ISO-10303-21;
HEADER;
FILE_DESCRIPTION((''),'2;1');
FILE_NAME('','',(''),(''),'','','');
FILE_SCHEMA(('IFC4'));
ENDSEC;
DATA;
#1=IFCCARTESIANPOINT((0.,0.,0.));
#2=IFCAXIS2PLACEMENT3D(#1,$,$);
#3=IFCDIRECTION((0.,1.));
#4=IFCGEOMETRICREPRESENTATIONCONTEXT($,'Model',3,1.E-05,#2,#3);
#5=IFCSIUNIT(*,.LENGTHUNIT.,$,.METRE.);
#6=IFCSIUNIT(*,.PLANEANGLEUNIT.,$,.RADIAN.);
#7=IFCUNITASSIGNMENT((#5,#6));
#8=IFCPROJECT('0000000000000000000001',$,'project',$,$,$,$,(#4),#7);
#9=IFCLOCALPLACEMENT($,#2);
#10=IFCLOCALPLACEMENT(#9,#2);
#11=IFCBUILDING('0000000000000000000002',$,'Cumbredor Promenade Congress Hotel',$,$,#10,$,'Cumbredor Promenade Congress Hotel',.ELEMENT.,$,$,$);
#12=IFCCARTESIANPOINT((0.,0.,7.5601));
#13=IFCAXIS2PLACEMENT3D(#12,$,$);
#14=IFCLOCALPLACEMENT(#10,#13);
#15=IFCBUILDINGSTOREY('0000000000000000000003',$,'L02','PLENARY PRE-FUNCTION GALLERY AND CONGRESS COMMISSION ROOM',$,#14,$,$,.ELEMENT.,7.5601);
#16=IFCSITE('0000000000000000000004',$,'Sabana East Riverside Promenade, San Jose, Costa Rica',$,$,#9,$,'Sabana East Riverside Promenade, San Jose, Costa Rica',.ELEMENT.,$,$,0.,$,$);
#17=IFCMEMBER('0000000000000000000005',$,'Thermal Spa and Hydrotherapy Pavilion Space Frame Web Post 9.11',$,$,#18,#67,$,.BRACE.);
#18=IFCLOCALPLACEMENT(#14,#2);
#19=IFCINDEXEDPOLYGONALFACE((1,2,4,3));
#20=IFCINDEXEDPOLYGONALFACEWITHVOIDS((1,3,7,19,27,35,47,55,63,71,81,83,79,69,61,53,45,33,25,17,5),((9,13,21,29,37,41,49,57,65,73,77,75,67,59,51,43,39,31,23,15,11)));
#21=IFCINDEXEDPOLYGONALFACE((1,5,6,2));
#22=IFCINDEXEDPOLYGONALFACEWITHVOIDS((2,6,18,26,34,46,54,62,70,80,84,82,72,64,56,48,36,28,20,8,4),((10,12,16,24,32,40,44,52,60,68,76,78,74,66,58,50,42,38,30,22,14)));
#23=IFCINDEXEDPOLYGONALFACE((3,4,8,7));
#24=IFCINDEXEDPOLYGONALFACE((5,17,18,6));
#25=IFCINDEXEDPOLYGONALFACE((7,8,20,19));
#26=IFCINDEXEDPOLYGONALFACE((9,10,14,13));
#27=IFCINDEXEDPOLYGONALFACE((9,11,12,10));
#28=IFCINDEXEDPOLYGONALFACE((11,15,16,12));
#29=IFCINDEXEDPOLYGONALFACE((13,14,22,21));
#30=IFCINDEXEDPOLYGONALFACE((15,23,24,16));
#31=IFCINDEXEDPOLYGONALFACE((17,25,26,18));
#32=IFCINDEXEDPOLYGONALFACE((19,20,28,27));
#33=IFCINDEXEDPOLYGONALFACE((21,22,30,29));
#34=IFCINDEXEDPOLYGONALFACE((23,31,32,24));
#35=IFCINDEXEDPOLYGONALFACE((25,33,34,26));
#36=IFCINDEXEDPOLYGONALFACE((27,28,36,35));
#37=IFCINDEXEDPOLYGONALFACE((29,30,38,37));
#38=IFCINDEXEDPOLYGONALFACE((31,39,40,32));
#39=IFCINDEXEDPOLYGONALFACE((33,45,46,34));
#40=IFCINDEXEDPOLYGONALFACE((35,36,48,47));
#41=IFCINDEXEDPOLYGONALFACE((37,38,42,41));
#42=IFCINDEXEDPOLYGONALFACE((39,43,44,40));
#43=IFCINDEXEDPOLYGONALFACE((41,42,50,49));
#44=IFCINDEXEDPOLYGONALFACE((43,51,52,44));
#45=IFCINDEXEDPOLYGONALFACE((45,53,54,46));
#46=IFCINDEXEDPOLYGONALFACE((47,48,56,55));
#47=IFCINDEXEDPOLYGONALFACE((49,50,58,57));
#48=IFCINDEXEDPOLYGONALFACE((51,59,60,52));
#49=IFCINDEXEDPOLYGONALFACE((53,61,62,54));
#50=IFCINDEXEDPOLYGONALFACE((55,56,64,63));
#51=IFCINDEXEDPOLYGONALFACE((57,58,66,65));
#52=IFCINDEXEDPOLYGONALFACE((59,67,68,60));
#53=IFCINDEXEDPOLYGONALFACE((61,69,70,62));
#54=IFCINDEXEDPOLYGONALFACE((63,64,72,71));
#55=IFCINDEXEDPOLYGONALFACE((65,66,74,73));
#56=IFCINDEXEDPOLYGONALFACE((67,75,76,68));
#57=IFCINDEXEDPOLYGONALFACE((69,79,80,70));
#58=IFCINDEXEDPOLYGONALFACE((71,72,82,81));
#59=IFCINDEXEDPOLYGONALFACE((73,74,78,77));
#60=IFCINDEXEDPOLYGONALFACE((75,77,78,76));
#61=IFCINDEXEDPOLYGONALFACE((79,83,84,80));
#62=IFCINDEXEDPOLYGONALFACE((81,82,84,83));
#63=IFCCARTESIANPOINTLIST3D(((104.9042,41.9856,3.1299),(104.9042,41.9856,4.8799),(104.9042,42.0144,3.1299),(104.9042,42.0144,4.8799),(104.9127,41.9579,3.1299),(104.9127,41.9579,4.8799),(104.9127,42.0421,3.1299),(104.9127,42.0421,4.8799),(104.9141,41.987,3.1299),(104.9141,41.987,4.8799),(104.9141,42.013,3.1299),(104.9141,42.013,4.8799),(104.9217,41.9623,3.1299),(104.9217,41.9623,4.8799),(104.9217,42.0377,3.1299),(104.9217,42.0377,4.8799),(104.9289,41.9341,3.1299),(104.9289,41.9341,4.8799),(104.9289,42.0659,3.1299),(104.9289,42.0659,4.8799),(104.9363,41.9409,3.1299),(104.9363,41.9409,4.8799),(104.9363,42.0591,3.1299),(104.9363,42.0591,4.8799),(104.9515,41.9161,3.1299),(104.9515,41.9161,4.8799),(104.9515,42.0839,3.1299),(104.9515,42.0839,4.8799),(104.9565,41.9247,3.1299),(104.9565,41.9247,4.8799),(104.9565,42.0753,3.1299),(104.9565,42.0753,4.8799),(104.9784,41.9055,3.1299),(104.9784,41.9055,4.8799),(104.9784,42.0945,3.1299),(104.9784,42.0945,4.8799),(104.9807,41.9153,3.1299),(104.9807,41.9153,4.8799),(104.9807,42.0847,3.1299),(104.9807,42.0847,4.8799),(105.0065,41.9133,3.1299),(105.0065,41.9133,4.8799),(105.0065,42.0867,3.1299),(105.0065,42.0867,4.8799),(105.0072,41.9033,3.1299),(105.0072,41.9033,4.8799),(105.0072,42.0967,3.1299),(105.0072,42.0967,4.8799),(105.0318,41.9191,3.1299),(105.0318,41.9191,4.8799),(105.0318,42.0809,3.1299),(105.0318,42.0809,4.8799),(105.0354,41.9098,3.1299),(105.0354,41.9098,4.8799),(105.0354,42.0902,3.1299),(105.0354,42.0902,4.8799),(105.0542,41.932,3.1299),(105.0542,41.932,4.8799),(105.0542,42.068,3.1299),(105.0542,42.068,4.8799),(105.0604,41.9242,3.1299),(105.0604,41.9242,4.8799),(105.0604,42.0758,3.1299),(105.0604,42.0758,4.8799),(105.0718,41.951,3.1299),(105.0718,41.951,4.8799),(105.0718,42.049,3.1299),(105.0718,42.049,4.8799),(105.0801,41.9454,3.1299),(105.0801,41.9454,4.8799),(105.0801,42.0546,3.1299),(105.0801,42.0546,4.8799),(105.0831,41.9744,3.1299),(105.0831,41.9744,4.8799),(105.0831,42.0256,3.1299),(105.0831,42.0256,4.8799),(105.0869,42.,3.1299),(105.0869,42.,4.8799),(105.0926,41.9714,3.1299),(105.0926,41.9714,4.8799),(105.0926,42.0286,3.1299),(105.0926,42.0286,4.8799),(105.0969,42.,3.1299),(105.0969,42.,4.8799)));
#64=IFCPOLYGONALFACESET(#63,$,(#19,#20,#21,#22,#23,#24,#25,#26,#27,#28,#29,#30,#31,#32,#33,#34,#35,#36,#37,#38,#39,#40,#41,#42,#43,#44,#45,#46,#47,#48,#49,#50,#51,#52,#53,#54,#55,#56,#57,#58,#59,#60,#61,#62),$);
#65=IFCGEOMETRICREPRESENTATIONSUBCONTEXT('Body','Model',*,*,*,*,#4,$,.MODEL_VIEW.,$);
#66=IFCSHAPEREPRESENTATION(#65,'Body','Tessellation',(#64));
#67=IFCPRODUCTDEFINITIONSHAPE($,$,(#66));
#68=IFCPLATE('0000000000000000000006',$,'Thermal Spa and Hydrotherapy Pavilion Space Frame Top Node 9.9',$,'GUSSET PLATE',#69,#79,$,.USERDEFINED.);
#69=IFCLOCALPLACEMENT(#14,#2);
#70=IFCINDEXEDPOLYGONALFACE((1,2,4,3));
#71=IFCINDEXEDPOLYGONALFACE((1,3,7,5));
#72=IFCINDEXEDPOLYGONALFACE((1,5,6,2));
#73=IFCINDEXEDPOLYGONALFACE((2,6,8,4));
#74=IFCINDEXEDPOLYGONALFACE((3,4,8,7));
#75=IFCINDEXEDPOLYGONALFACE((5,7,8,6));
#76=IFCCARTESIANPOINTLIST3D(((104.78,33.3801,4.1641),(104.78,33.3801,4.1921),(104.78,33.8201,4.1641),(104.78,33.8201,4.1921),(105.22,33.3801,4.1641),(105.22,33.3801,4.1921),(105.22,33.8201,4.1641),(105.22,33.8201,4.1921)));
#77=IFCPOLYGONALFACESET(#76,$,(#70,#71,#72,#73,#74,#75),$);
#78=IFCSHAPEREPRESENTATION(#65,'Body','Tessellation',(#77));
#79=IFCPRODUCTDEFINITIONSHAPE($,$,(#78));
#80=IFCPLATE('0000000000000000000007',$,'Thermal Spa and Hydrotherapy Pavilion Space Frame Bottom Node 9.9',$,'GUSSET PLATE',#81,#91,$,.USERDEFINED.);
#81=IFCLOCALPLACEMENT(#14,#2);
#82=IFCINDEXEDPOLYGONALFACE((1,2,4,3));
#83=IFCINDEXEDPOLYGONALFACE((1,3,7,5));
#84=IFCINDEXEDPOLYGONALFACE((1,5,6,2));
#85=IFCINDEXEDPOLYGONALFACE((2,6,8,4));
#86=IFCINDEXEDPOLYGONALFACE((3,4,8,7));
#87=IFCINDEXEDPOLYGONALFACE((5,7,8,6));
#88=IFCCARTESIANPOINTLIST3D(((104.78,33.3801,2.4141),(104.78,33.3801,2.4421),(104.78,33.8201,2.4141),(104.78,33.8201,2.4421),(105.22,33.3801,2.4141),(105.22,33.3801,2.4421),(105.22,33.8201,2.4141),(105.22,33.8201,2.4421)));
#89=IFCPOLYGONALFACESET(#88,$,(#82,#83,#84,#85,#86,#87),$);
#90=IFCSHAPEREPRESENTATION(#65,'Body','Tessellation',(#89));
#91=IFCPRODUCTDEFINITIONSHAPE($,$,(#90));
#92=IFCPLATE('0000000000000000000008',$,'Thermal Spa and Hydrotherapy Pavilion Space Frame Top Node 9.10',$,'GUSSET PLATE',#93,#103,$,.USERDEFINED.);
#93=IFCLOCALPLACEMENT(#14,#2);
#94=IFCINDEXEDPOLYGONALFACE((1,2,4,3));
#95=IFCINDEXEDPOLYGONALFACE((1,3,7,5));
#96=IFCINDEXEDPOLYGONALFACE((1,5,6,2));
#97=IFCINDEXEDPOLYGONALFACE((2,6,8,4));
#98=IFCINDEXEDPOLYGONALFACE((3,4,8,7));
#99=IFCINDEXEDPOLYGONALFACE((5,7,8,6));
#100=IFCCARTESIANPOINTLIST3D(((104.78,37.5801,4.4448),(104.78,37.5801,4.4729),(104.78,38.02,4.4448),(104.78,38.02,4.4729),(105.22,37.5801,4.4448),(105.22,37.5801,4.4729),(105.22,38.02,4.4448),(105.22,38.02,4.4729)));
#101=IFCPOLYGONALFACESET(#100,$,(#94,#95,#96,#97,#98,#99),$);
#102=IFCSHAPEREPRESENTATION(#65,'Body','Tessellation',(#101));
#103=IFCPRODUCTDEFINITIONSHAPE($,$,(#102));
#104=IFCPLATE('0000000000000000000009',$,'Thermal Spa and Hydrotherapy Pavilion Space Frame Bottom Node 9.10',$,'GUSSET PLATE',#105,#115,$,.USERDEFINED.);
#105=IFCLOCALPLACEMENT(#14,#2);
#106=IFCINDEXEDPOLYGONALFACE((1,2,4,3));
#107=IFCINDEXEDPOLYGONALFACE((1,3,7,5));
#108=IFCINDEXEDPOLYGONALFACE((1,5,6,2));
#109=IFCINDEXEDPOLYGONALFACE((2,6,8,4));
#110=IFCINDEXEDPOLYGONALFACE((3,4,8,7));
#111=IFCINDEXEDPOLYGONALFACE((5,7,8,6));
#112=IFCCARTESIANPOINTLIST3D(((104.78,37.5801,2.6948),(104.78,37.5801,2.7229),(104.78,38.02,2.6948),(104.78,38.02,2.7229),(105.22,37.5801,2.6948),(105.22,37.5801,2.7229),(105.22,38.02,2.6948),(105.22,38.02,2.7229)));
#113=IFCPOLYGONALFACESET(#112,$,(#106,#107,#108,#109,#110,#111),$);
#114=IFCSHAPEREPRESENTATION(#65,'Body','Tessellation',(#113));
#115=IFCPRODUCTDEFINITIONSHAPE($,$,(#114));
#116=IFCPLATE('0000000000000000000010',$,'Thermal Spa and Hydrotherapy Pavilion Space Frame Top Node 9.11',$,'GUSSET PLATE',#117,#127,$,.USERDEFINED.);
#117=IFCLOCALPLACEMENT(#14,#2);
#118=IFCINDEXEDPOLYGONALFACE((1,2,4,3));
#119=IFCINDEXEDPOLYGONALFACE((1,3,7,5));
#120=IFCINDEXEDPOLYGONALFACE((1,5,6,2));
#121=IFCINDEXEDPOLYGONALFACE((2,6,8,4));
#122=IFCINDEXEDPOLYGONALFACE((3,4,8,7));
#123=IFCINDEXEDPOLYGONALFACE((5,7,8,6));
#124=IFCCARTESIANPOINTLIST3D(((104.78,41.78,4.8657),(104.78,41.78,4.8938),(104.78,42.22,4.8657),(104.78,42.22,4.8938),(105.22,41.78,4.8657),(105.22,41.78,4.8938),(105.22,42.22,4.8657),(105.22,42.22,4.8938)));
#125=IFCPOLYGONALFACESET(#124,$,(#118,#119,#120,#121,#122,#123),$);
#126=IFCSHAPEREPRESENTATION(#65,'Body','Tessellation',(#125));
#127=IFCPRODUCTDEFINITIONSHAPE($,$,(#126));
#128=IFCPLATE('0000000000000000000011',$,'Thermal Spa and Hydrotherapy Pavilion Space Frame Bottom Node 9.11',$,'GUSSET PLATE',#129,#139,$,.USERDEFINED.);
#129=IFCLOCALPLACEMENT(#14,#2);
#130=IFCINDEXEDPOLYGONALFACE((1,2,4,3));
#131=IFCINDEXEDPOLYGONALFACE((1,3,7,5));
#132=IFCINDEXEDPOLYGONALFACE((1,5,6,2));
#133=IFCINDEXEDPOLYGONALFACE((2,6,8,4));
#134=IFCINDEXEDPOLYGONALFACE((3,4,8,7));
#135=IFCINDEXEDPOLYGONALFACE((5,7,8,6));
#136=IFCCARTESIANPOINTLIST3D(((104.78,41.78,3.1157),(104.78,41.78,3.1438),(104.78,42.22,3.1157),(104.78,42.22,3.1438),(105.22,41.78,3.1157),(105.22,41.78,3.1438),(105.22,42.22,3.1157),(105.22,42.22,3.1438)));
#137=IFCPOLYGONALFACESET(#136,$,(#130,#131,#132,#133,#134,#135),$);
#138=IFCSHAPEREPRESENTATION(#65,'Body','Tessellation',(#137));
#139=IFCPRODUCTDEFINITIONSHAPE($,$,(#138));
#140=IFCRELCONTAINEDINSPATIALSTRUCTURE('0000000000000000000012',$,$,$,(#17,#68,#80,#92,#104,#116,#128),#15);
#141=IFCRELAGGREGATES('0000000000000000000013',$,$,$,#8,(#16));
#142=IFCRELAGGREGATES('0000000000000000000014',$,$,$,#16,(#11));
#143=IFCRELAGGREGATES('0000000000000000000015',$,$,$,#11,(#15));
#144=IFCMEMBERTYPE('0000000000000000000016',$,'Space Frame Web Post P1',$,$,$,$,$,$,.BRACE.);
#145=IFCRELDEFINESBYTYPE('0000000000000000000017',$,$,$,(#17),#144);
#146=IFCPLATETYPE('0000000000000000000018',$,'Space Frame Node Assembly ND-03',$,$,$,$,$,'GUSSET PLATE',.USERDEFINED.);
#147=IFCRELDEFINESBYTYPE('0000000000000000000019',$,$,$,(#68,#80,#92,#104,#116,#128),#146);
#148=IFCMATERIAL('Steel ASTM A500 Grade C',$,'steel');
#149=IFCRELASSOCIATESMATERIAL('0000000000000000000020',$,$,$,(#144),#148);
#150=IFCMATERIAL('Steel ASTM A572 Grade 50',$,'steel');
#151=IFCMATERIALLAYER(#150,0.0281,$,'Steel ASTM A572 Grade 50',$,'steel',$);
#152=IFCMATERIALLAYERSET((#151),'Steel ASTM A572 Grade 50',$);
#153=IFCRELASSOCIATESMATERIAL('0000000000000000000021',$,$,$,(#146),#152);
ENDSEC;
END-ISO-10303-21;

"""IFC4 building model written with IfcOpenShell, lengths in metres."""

from ifc_helpers import new_model, si_unit, direction, frame, origin, origin_2d, place, context, subcontext, project, spatial, rectangle, hollow_circle, extrude, material, layer, layer_set, material_profile, profile_set, type_object, element, save


model = new_model("IFC4")

# Units and contexts
model_context = context("Model", 3, precision=1e-05, world=origin(), true_north=direction((0.0, 1.0)))
body_context = subcontext(model_context, "Body", "Model", "MODEL_VIEW")
ifc_project = project(units=[si_unit("LENGTHUNIT", "METRE"), si_unit("PLANEANGLEUNIT", "RADIAN")], contexts=[model_context])

# Site, building, storey
site_placement = place(None, origin())
site = spatial("IfcSite", under=ifc_project, at=site_placement, Name="Sabana East Riverside Promenade, San Jose, Costa Rica", LongName="Sabana East Riverside Promenade, San Jose, Costa Rica", CompositionType="ELEMENT", RefElevation=0.0)
building_placement = place(site_placement, origin())
building = spatial("IfcBuilding", under=site, at=building_placement, Name="Cumbredor Promenade Congress Hotel", LongName="Cumbredor Promenade Congress Hotel", CompositionType="ELEMENT")
storey_placement = place(building_placement, frame((0.0, 0.0, 7.5601)))
storey = spatial("IfcBuildingStorey", under=building, at=storey_placement, Name="L02", Description="PLENARY PRE-FUNCTION GALLERY AND CONGRESS COMMISSION ROOM", CompositionType="ELEMENT", Elevation=7.5601)

# Member
ifc_material_1 = material(Name="Steel ASTM A500 Grade C", Category="steel")
ifc_material_profile_1 = material_profile(ifc_material_1, hollow_circle(Radius=0.0969, WallThickness=0.01, at=origin_2d()), Name="CHS 193.7x10")
ifc_profile_set_1 = profile_set([ifc_material_profile_1], Name="Steel ASTM A500 Grade C")
member_type_1 = type_object("IfcMemberType", Name="Space Frame Web Post P1", PredefinedType="BRACE", material=ifc_profile_set_1)
for number, where, z_axis, x_axis, name in (
    (1, (105.0, 42.0, 3.1299), (0.0, 0.0, 1.0), (1.0, 0.0, 0.0), "Thermal Spa and Hydrotherapy Pavilion Space Frame Web Post 9.11"),
):
    element("IfcMember", number, at=place(storey_placement, frame(where, z_axis=z_axis, x_axis=x_axis)), inside=storey, type_object=member_type_1, Name=name, PredefinedType="BRACE", context=body_context, shape_type="SweptSolid", body=[
        extrude(hollow_circle(Radius=0.0969, WallThickness=0.01, at=origin_2d()), origin(), (0.0, 0.0, 1.0), 1.75),
    ])

# Plates
ifc_material_2 = material(Name="Steel ASTM A572 Grade 50", Category="steel")
ifc_layer = layer(ifc_material_2, 0.0281, Name="Steel ASTM A572 Grade 50", Category="steel")
ifc_layer_set = layer_set([ifc_layer], Name="Steel ASTM A572 Grade 50")
plate_type = type_object("IfcPlateType", Name="Space Frame Node Assembly ND-03", ElementType="GUSSET PLATE", PredefinedType="USERDEFINED", material=ifc_layer_set)
for number, where, z_axis, x_axis, name in (
    (2, (105.0, 33.6001, 4.1641), (0.0, 0.0, 1.0), (1.0, 0.0, 0.0), "Thermal Spa and Hydrotherapy Pavilion Space Frame Top Node 9.9"),
    (3, (105.0, 33.6001, 2.4141), (0.0, 0.0, 1.0), (1.0, 0.0, 0.0), "Thermal Spa and Hydrotherapy Pavilion Space Frame Bottom Node 9.9"),
    (4, (105.0, 37.8, 4.4448), (0.0, 0.0, 1.0), (1.0, 0.0, 0.0), "Thermal Spa and Hydrotherapy Pavilion Space Frame Top Node 9.10"),
    (5, (105.0, 37.8, 2.6948), (0.0, 0.0, 1.0), (1.0, 0.0, 0.0), "Thermal Spa and Hydrotherapy Pavilion Space Frame Bottom Node 9.10"),
    (6, (105.0, 42.0, 4.8657), (0.0, 0.0, 1.0), (1.0, 0.0, 0.0), "Thermal Spa and Hydrotherapy Pavilion Space Frame Top Node 9.11"),
    (7, (105.0, 42.0, 3.1157), (0.0, 0.0, 1.0), (1.0, 0.0, 0.0), "Thermal Spa and Hydrotherapy Pavilion Space Frame Bottom Node 9.11"),
):
    element("IfcPlate", number, at=place(storey_placement, frame(where, z_axis=z_axis, x_axis=x_axis)), inside=storey, type_object=plate_type, Name=name, ObjectType="GUSSET PLATE", PredefinedType="USERDEFINED", context=body_context, shape_type="SweptSolid", body=[
        extrude(rectangle(XDim=0.4399, YDim=0.4399, at=origin_2d()), origin(), (0.0, 0.0, 1.0), 0.0281),
    ])

save(model, "model.ifc")
